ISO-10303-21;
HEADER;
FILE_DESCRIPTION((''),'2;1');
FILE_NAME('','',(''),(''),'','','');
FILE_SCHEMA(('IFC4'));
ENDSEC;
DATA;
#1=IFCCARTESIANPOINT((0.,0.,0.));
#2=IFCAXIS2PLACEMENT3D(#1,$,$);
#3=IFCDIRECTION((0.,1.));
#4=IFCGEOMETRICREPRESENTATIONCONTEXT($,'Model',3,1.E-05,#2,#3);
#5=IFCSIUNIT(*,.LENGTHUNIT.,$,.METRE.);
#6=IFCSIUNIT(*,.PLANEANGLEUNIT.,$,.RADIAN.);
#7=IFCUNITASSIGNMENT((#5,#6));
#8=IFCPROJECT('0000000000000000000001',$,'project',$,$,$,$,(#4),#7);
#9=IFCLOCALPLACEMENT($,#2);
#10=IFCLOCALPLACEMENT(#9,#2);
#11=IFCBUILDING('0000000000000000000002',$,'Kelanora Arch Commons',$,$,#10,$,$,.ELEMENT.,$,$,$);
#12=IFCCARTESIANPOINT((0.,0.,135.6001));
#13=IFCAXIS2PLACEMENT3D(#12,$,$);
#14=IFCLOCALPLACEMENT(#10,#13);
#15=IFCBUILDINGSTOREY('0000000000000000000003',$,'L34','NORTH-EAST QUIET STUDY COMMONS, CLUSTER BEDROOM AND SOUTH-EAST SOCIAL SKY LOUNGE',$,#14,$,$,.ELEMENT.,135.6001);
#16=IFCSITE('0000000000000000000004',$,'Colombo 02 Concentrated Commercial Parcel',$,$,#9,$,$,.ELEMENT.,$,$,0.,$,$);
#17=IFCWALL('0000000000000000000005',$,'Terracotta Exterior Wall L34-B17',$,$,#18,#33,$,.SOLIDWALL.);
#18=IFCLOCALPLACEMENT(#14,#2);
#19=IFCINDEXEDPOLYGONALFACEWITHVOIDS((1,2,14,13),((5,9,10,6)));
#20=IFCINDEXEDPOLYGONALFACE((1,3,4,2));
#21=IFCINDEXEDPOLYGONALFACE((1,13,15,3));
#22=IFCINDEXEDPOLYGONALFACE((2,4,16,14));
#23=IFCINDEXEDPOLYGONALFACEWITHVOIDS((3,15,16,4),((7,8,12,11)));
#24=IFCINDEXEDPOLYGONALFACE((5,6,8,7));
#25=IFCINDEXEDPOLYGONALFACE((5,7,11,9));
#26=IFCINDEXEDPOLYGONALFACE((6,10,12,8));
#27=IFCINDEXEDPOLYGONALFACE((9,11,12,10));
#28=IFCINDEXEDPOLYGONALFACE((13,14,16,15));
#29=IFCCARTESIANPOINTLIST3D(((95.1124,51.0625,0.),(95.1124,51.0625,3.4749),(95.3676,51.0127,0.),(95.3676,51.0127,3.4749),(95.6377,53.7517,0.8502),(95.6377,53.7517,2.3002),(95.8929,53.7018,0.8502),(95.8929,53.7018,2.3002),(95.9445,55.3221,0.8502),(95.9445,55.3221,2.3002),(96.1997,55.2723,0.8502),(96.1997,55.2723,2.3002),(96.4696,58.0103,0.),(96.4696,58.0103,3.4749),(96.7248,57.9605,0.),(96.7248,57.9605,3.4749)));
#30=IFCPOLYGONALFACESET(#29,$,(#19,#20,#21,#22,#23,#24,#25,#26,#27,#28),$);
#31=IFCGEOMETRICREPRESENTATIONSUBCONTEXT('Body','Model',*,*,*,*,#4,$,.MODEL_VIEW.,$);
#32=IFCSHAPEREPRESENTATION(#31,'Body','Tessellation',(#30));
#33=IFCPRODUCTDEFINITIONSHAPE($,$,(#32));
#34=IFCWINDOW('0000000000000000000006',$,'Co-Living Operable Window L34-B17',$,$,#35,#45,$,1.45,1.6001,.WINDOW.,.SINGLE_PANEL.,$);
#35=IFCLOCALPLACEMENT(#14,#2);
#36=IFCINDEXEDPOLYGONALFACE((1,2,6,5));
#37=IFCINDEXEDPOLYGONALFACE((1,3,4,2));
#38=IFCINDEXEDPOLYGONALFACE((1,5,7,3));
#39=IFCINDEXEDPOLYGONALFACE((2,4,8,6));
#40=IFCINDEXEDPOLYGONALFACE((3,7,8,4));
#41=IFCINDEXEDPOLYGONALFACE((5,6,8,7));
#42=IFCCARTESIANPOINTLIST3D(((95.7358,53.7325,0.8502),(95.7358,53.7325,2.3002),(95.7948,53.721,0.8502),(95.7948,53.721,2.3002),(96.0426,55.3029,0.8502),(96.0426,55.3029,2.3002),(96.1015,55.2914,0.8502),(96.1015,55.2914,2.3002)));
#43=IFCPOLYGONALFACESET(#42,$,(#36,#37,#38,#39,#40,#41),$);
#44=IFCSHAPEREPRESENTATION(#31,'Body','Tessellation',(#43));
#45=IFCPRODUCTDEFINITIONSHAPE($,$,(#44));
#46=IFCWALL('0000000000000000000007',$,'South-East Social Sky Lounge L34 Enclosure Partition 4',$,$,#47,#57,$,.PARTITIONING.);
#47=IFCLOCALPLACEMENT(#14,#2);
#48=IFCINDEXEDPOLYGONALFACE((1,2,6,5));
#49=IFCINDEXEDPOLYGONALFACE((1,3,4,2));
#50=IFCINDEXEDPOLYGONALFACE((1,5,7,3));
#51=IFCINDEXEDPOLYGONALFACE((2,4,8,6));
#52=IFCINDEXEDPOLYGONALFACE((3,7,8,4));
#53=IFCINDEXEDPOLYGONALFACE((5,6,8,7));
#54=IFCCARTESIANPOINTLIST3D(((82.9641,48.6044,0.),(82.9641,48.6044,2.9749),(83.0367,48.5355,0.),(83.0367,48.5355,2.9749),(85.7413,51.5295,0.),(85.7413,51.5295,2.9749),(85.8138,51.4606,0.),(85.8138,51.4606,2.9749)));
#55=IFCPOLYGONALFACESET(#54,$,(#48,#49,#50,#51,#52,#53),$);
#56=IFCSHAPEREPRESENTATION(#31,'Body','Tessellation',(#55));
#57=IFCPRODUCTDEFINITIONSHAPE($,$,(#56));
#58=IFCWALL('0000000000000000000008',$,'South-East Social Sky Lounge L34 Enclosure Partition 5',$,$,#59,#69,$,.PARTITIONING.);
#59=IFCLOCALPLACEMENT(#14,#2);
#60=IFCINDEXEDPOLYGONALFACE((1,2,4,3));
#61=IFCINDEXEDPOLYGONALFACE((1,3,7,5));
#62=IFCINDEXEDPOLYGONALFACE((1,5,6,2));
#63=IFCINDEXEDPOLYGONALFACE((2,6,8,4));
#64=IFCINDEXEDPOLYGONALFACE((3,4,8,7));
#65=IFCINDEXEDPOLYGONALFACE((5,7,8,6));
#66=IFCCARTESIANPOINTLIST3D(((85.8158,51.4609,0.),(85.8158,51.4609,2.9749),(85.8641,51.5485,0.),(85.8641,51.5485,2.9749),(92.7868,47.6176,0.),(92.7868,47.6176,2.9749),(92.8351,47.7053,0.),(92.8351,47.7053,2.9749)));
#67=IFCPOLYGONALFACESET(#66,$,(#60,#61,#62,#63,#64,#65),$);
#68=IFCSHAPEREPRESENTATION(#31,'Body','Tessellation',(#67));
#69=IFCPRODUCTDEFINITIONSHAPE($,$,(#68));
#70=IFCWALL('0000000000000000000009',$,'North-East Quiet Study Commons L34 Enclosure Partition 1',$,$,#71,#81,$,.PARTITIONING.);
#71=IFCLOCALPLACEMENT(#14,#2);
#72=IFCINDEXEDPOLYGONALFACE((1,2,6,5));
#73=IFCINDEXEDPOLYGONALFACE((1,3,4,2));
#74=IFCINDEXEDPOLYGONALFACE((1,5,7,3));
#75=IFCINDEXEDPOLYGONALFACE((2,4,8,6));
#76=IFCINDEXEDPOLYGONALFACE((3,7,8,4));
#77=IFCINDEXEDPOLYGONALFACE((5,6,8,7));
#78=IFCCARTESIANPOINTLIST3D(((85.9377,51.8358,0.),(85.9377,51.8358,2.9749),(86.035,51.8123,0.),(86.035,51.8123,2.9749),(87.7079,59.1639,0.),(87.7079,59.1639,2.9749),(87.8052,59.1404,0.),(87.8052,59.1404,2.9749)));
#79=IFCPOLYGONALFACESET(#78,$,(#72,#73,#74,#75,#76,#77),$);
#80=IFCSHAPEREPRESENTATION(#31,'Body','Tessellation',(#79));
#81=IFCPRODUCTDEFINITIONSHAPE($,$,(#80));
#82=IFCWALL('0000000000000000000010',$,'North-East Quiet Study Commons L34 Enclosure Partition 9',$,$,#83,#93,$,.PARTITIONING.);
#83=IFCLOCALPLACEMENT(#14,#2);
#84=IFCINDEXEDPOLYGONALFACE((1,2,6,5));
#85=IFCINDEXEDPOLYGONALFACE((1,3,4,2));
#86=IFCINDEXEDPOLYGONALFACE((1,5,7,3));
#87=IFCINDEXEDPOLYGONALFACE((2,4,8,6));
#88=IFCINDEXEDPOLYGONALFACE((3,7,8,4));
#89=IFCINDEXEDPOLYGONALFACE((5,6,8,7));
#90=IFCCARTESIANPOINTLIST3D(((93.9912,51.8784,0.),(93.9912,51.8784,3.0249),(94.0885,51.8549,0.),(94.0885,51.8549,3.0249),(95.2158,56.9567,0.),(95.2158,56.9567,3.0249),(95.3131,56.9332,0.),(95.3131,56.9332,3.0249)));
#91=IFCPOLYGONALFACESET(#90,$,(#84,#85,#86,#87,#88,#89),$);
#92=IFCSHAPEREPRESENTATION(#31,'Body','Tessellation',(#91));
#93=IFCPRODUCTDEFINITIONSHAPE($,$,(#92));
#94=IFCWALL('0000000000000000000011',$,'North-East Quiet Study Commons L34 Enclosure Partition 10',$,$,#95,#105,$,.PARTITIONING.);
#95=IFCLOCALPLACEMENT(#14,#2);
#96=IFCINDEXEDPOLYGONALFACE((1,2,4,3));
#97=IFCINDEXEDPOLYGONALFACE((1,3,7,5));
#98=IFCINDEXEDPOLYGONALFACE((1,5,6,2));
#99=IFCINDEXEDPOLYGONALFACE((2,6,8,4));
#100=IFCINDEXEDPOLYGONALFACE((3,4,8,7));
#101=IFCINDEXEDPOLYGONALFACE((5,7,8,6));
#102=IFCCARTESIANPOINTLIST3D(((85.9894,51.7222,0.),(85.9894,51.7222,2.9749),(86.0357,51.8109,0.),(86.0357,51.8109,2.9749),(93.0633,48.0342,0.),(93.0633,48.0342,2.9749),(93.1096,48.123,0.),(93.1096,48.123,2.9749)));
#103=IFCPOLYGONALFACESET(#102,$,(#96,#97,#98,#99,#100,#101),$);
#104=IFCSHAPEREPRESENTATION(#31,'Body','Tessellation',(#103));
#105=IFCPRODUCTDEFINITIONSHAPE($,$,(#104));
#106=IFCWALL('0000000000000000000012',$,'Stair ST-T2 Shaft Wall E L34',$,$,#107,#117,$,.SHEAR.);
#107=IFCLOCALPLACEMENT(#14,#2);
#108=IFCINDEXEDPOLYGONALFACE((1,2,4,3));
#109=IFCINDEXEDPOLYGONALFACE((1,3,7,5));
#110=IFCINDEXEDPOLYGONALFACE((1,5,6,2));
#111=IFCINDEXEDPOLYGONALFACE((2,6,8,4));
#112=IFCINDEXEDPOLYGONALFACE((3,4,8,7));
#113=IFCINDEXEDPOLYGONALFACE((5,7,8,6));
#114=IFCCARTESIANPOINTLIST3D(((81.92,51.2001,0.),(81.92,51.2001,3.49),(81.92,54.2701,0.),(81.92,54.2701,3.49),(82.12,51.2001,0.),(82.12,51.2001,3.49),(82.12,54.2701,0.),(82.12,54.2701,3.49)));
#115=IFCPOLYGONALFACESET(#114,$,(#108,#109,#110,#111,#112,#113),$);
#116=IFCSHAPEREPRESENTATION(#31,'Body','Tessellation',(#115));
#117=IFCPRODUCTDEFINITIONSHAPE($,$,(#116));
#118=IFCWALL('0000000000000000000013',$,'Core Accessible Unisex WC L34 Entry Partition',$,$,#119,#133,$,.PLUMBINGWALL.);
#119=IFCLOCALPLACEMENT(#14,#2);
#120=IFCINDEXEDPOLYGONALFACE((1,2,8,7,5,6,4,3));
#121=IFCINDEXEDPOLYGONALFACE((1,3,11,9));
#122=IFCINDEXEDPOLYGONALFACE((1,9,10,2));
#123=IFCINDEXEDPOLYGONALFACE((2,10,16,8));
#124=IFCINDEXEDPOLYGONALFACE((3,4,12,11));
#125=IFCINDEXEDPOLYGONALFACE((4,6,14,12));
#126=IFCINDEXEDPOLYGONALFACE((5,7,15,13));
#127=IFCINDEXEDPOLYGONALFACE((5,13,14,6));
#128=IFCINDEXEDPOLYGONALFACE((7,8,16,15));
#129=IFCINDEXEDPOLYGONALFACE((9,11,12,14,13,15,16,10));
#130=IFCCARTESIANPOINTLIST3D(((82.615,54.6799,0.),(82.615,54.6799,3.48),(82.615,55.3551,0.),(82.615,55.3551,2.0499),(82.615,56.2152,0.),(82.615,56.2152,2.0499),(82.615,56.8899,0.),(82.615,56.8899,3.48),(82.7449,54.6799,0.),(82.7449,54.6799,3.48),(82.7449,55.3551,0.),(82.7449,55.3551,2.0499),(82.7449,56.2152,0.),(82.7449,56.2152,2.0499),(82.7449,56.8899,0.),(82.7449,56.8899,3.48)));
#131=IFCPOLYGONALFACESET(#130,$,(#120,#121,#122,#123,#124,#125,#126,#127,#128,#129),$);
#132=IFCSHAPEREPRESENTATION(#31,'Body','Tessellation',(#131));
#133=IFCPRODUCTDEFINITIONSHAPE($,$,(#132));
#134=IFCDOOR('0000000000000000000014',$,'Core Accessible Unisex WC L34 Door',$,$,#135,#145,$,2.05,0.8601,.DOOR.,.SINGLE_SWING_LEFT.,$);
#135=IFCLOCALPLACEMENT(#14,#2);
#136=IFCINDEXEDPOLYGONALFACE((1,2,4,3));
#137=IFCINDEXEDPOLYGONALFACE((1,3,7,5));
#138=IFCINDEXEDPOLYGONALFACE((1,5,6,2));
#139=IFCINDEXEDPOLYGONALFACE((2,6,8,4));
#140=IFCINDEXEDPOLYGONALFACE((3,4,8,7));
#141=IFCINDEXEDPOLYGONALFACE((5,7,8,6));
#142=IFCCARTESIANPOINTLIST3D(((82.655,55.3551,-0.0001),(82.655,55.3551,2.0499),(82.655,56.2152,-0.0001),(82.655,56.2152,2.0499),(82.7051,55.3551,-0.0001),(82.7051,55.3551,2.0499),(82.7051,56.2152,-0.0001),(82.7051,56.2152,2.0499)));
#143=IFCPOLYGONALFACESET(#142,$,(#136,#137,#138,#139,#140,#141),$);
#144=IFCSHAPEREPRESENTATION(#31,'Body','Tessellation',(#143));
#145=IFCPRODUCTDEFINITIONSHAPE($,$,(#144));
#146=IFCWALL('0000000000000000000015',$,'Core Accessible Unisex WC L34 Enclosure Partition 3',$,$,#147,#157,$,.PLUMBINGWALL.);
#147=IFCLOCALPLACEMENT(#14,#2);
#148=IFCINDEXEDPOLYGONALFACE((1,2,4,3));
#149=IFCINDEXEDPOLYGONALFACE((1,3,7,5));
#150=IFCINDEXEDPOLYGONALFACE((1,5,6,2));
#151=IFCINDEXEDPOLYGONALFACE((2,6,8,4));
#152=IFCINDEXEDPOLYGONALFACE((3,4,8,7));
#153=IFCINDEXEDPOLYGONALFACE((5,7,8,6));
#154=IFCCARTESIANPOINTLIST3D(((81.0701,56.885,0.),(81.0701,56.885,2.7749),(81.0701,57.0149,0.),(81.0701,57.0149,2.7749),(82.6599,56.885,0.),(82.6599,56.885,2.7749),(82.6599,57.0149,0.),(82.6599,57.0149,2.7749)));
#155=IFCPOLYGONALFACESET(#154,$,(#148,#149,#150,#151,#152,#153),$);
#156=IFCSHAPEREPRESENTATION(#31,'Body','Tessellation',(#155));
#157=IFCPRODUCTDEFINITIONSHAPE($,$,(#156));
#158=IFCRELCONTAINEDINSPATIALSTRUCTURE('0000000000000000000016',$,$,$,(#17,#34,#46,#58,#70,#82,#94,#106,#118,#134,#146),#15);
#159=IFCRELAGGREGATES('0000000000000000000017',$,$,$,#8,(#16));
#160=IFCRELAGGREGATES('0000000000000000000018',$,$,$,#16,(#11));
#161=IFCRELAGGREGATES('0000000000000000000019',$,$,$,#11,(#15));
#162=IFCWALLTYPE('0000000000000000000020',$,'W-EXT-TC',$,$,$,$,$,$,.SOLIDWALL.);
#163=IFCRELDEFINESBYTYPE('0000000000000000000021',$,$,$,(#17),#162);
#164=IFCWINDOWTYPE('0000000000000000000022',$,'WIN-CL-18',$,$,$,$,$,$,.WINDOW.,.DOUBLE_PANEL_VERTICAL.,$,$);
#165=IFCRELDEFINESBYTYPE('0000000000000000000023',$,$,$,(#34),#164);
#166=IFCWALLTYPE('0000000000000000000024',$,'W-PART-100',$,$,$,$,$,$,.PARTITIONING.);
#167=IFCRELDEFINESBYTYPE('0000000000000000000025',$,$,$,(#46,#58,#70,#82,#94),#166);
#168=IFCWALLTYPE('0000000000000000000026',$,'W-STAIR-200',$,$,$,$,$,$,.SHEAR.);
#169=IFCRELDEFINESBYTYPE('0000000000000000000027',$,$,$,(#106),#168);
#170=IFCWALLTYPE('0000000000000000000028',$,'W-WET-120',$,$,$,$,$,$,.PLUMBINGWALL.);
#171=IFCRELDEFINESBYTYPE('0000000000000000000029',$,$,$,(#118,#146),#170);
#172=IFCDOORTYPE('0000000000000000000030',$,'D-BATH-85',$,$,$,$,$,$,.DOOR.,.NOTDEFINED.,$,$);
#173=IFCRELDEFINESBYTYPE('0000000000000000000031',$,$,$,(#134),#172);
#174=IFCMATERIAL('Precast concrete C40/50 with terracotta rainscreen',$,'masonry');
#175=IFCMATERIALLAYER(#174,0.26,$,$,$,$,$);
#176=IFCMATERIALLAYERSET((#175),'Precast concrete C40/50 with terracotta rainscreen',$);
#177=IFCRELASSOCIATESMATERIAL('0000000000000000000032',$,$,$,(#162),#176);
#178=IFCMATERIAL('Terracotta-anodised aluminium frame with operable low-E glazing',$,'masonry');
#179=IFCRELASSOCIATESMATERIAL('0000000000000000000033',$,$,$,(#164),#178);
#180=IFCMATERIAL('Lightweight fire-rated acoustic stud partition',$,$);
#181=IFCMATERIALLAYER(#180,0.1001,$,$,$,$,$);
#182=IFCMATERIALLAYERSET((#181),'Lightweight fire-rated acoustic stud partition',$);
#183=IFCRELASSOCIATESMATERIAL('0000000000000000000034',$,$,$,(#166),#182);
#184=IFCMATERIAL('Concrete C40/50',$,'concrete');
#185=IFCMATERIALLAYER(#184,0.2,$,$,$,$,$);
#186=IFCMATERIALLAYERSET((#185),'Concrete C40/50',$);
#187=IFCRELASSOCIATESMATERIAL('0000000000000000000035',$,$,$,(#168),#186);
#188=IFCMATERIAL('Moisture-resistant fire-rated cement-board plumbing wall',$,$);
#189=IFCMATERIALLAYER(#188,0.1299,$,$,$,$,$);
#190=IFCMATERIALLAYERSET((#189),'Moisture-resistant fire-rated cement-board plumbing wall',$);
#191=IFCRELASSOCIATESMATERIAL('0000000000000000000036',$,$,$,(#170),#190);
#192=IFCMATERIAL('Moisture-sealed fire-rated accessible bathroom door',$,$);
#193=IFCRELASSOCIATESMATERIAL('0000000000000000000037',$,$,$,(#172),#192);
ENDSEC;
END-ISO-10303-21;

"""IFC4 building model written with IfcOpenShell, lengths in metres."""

from ifc_helpers import new_model, si_unit, direction, frame, frame_2d, origin, place, context, subcontext, project, spatial, rectangle, extrude, material, layer, layer_set, type_object, element, fill, save


model = new_model("IFC4")

# Units and contexts
model_context = context("Model", 3, precision=1e-05, world=origin(), true_north=direction((0.0, 1.0)))
body_context = subcontext(model_context, "Body", "Model", "MODEL_VIEW")
ifc_project = project(units=[si_unit("LENGTHUNIT", "METRE"), si_unit("PLANEANGLEUNIT", "RADIAN")], contexts=[model_context])

# Site, building, storey
site_placement = place(None, origin())
site = spatial("IfcSite", under=ifc_project, at=site_placement, Name="Colombo 02 Concentrated Commercial Parcel", CompositionType="ELEMENT", RefElevation=0.0)
building_placement = place(site_placement, origin())
building = spatial("IfcBuilding", under=site, at=building_placement, Name="Kelanora Arch Commons", CompositionType="ELEMENT")
storey_placement = place(building_placement, frame((0.0, 0.0, 135.6001)))
storey = spatial("IfcBuildingStorey", under=building, at=storey_placement, Name="L34", Description="NORTH-EAST QUIET STUDY COMMONS, CLUSTER BEDROOM AND SOUTH-EAST SOCIAL SKY LOUNGE", CompositionType="ELEMENT", Elevation=135.6001)

# Wall, opening, window
ifc_material_1 = material(Name="Precast concrete C40/50 with terracotta rainscreen", Category="masonry")
ifc_layer_1 = layer(ifc_material_1, 0.26)
ifc_layer_set_1 = layer_set([ifc_layer_1], Name="Precast concrete C40/50 with terracotta rainscreen")
wall_type_1 = type_object("IfcWallType", Name="W-EXT-TC", PredefinedType="SOLIDWALL", material=ifc_layer_set_1)
wall_1_placement = place(storey_placement, frame((95.24, 51.0376, 0.0), z_axis=(0.0, 0.0, 1.0), x_axis=(0.191717, 0.98145, 0.0)))
wall_1 = element("IfcWall", 1, at=wall_1_placement, inside=storey, type_object=wall_type_1, Name="Terracotta Exterior Wall L34-B17", PredefinedType="SOLIDWALL", context=body_context, shape_type="SweptSolid", body=[
    extrude(rectangle(XDim=7.0791, YDim=0.26, at=frame_2d((3.5396, 0.0))), origin(), (0.0, 0.0, 1.0), 3.4749),
])
opening_1_placement = place(wall_1_placement, frame((2.74, 0.0, 0.8501)))
opening_1 = element("IfcOpeningElement", 2, at=opening_1_placement, cuts=wall_1, PredefinedType="OPENING", context=body_context, shape_type="SweptSolid", body=[
    extrude(rectangle(XDim=1.6001, YDim=1.45, at=frame_2d((0.8, 0.7251))), frame((0.0, 0.1401, 0.0), z_axis=(0.0, -1.0, 0.0), x_axis=(1.0, 0.0, 0.0)), (0.0, 0.0, 1.0), 0.28),
])
ifc_material_2 = material(Name="Terracotta-anodised aluminium frame with operable low-E glazing", Category="masonry")
window_type = type_object("IfcWindowType", Name="WIN-CL-18", PartitioningType="DOUBLE_PANEL_VERTICAL", PredefinedType="WINDOW", material=ifc_material_2)
window_placement = place(opening_1_placement, origin())
window = element("IfcWindow", 3, at=window_placement, inside=storey, type_object=window_type, Name="Co-Living Operable Window L34-B17", OverallHeight=1.45, OverallWidth=1.6001, PartitioningType="SINGLE_PANEL", PredefinedType="WINDOW", context=body_context, shape_type="SweptSolid", body=[
    extrude(rectangle(XDim=1.6001, YDim=1.45, at=frame_2d((0.8, 0.7251))), frame((0.0, 0.03, 0.0), z_axis=(0.0, -1.0, 0.0), x_axis=(1.0, 0.0, 0.0)), (0.0, 0.0, 1.0), 0.0601),
])
fill(opening_1, window)

# Walls
ifc_material_3 = material(Name="Lightweight fire-rated acoustic stud partition")
ifc_layer_2 = layer(ifc_material_3, 0.1001)
ifc_layer_set_2 = layer_set([ifc_layer_2], Name="Lightweight fire-rated acoustic stud partition")
wall_type_2 = type_object("IfcWallType", Name="W-PART-100", PredefinedType="PARTITIONING", material=ifc_layer_set_2)
wall_2_placement = place(storey_placement, frame((83.0005, 48.5701, 0.0), z_axis=(0.0, 0.0, 1.0), x_axis=(0.688528, 0.725209, 0.0)))
element("IfcWall", 4, at=wall_2_placement, inside=storey, type_object=wall_type_2, Name="South-East Social Sky Lounge L34 Enclosure Partition 4", PredefinedType="PARTITIONING", context=body_context, shape_type="SweptSolid", body=[
    extrude(rectangle(XDim=4.0334, YDim=0.1001, at=frame_2d((2.0166, 0.0))), origin(), (0.0, 0.0, 1.0), 2.9749),
])
wall_3_placement = place(storey_placement, frame((85.8401, 51.5046, 0.0), z_axis=(0.0, 0.0, 1.0), x_axis=(0.875725, -0.48281, 0.0)))
element("IfcWall", 5, at=wall_3_placement, inside=storey, type_object=wall_type_2, Name="South-East Social Sky Lounge L34 Enclosure Partition 5", PredefinedType="PARTITIONING", context=body_context, shape_type="SweptSolid", body=[
    extrude(rectangle(XDim=7.9602, YDim=0.1001, at=frame_2d((3.98, 0.0))), origin(), (0.0, 0.0, 1.0), 2.9749),
])
wall_4_placement = place(storey_placement, frame((85.9863, 51.824, 0.0), z_axis=(0.0, 0.0, 1.0), x_axis=(0.234817, 0.97204, 0.0)))
element("IfcWall", 6, at=wall_4_placement, inside=storey, type_object=wall_type_2, Name="North-East Quiet Study Commons L34 Enclosure Partition 1", PredefinedType="PARTITIONING", context=body_context, shape_type="SweptSolid", body=[
    extrude(rectangle(XDim=7.5388, YDim=0.1001, at=frame_2d((3.7695, 0.0))), origin(), (0.0, 0.0, 1.0), 2.9749),
])
wall_5_placement = place(storey_placement, frame((95.2644, 56.9448, 0.0), z_axis=(0.0, 0.0, 1.0), x_axis=(-0.234423, -0.972135, 0.0)))
element("IfcWall", 7, at=wall_5_placement, inside=storey, type_object=wall_type_2, Name="North-East Quiet Study Commons L34 Enclosure Partition 9", PredefinedType="PARTITIONING", context=body_context, shape_type="SweptSolid", body=[
    extrude(rectangle(XDim=5.2239, YDim=0.1001, at=frame_2d((2.6118, 0.0))), origin(), (0.0, 0.0, 1.0), 3.0249),
])
wall_6_placement = place(storey_placement, frame((93.0864, 48.0786, 0.0), z_axis=(0.0, 0.0, 1.0), x_axis=(-0.886728, 0.462292, 0.0)))
element("IfcWall", 8, at=wall_6_placement, inside=storey, type_object=wall_type_2, Name="North-East Quiet Study Commons L34 Enclosure Partition 10", PredefinedType="PARTITIONING", context=body_context, shape_type="SweptSolid", body=[
    extrude(rectangle(XDim=7.9775, YDim=0.1001, at=frame_2d((3.9888, 0.0))), origin(), (0.0, 0.0, 1.0), 2.9749),
])
ifc_material_4 = material(Name="Concrete C40/50", Category="concrete")
ifc_layer_3 = layer(ifc_material_4, 0.2)
ifc_layer_set_3 = layer_set([ifc_layer_3], Name="Concrete C40/50")
wall_type_3 = type_object("IfcWallType", Name="W-STAIR-200", PredefinedType="SHEAR", material=ifc_layer_set_3)
wall_7_placement = place(storey_placement, frame((82.02, 51.2, 0.0), z_axis=(0.0, 0.0, 1.0), x_axis=(0.0, 1.0, 0.0)))
element("IfcWall", 9, at=wall_7_placement, inside=storey, type_object=wall_type_3, Name="Stair ST-T2 Shaft Wall E L34", PredefinedType="SHEAR", context=body_context, shape_type="SweptSolid", body=[
    extrude(rectangle(XDim=3.0701, YDim=0.2, at=frame_2d((1.5352, 0.0))), origin(), (0.0, 0.0, 1.0), 3.49),
])

# Wall, opening, door
ifc_material_5 = material(Name="Moisture-resistant fire-rated cement-board plumbing wall")
ifc_layer_4 = layer(ifc_material_5, 0.1299)
ifc_layer_set_4 = layer_set([ifc_layer_4], Name="Moisture-resistant fire-rated cement-board plumbing wall")
wall_type_4 = type_object("IfcWallType", Name="W-WET-120", PredefinedType="PLUMBINGWALL", material=ifc_layer_set_4)
wall_8_placement = place(storey_placement, frame((82.6799, 54.6799, 0.0), z_axis=(0.0, 0.0, 1.0), x_axis=(0.0, 1.0, 0.0)))
wall_8 = element("IfcWall", 10, at=wall_8_placement, inside=storey, type_object=wall_type_4, Name="Core Accessible Unisex WC L34 Entry Partition", PredefinedType="PLUMBINGWALL", context=body_context, shape_type="SweptSolid", body=[
    extrude(rectangle(XDim=2.21, YDim=0.1299, at=frame_2d((1.105, 0.0))), origin(), (0.0, 0.0, 1.0), 3.48),
])
opening_2_placement = place(wall_8_placement, frame((0.675, 0.0, 0.0)))
opening_2 = element("IfcOpeningElement", 11, at=opening_2_placement, cuts=wall_8, PredefinedType="OPENING", context=body_context, shape_type="SweptSolid", body=[
    extrude(rectangle(XDim=0.8601, YDim=2.05, at=frame_2d((0.4302, 1.0249))), frame((0.0, 0.075, 0.0), z_axis=(0.0, -1.0, 0.0), x_axis=(1.0, 0.0, 0.0)), (0.0, 0.0, 1.0), 0.1499),
])
ifc_material_6 = material(Name="Moisture-sealed fire-rated accessible bathroom door")
door_type = type_object("IfcDoorType", Name="D-BATH-85", OperationType="NOTDEFINED", PredefinedType="DOOR", material=ifc_material_6)
door_placement = place(opening_2_placement, origin())
door = element("IfcDoor", 12, at=door_placement, inside=storey, type_object=door_type, Name="Core Accessible Unisex WC L34 Door", OperationType="SINGLE_SWING_LEFT", OverallHeight=2.05, OverallWidth=0.8601, PredefinedType="DOOR", context=body_context, shape_type="SweptSolid", body=[
    extrude(rectangle(XDim=0.8601, YDim=2.05, at=frame_2d((0.4302, 1.0249))), frame((0.0, 0.0249, 0.0), z_axis=(0.0, -1.0, 0.0), x_axis=(1.0, 0.0, 0.0)), (0.0, 0.0, 1.0), 0.05),
])
fill(opening_2, door)

# Wall
wall_9_placement = place(storey_placement, frame((82.6599, 56.95, 0.0), z_axis=(0.0, 0.0, 1.0), x_axis=(-1.0, 0.0, 0.0)))
element("IfcWall", 13, at=wall_9_placement, inside=storey, type_object=wall_type_4, Name="Core Accessible Unisex WC L34 Enclosure Partition 3", PredefinedType="PLUMBINGWALL", context=body_context, shape_type="SweptSolid", body=[
    extrude(rectangle(XDim=1.5898, YDim=0.1299, at=frame_2d((0.7949, 0.0))), origin(), (0.0, 0.0, 1.0), 2.7749),
])

save(model, "model.ifc")
